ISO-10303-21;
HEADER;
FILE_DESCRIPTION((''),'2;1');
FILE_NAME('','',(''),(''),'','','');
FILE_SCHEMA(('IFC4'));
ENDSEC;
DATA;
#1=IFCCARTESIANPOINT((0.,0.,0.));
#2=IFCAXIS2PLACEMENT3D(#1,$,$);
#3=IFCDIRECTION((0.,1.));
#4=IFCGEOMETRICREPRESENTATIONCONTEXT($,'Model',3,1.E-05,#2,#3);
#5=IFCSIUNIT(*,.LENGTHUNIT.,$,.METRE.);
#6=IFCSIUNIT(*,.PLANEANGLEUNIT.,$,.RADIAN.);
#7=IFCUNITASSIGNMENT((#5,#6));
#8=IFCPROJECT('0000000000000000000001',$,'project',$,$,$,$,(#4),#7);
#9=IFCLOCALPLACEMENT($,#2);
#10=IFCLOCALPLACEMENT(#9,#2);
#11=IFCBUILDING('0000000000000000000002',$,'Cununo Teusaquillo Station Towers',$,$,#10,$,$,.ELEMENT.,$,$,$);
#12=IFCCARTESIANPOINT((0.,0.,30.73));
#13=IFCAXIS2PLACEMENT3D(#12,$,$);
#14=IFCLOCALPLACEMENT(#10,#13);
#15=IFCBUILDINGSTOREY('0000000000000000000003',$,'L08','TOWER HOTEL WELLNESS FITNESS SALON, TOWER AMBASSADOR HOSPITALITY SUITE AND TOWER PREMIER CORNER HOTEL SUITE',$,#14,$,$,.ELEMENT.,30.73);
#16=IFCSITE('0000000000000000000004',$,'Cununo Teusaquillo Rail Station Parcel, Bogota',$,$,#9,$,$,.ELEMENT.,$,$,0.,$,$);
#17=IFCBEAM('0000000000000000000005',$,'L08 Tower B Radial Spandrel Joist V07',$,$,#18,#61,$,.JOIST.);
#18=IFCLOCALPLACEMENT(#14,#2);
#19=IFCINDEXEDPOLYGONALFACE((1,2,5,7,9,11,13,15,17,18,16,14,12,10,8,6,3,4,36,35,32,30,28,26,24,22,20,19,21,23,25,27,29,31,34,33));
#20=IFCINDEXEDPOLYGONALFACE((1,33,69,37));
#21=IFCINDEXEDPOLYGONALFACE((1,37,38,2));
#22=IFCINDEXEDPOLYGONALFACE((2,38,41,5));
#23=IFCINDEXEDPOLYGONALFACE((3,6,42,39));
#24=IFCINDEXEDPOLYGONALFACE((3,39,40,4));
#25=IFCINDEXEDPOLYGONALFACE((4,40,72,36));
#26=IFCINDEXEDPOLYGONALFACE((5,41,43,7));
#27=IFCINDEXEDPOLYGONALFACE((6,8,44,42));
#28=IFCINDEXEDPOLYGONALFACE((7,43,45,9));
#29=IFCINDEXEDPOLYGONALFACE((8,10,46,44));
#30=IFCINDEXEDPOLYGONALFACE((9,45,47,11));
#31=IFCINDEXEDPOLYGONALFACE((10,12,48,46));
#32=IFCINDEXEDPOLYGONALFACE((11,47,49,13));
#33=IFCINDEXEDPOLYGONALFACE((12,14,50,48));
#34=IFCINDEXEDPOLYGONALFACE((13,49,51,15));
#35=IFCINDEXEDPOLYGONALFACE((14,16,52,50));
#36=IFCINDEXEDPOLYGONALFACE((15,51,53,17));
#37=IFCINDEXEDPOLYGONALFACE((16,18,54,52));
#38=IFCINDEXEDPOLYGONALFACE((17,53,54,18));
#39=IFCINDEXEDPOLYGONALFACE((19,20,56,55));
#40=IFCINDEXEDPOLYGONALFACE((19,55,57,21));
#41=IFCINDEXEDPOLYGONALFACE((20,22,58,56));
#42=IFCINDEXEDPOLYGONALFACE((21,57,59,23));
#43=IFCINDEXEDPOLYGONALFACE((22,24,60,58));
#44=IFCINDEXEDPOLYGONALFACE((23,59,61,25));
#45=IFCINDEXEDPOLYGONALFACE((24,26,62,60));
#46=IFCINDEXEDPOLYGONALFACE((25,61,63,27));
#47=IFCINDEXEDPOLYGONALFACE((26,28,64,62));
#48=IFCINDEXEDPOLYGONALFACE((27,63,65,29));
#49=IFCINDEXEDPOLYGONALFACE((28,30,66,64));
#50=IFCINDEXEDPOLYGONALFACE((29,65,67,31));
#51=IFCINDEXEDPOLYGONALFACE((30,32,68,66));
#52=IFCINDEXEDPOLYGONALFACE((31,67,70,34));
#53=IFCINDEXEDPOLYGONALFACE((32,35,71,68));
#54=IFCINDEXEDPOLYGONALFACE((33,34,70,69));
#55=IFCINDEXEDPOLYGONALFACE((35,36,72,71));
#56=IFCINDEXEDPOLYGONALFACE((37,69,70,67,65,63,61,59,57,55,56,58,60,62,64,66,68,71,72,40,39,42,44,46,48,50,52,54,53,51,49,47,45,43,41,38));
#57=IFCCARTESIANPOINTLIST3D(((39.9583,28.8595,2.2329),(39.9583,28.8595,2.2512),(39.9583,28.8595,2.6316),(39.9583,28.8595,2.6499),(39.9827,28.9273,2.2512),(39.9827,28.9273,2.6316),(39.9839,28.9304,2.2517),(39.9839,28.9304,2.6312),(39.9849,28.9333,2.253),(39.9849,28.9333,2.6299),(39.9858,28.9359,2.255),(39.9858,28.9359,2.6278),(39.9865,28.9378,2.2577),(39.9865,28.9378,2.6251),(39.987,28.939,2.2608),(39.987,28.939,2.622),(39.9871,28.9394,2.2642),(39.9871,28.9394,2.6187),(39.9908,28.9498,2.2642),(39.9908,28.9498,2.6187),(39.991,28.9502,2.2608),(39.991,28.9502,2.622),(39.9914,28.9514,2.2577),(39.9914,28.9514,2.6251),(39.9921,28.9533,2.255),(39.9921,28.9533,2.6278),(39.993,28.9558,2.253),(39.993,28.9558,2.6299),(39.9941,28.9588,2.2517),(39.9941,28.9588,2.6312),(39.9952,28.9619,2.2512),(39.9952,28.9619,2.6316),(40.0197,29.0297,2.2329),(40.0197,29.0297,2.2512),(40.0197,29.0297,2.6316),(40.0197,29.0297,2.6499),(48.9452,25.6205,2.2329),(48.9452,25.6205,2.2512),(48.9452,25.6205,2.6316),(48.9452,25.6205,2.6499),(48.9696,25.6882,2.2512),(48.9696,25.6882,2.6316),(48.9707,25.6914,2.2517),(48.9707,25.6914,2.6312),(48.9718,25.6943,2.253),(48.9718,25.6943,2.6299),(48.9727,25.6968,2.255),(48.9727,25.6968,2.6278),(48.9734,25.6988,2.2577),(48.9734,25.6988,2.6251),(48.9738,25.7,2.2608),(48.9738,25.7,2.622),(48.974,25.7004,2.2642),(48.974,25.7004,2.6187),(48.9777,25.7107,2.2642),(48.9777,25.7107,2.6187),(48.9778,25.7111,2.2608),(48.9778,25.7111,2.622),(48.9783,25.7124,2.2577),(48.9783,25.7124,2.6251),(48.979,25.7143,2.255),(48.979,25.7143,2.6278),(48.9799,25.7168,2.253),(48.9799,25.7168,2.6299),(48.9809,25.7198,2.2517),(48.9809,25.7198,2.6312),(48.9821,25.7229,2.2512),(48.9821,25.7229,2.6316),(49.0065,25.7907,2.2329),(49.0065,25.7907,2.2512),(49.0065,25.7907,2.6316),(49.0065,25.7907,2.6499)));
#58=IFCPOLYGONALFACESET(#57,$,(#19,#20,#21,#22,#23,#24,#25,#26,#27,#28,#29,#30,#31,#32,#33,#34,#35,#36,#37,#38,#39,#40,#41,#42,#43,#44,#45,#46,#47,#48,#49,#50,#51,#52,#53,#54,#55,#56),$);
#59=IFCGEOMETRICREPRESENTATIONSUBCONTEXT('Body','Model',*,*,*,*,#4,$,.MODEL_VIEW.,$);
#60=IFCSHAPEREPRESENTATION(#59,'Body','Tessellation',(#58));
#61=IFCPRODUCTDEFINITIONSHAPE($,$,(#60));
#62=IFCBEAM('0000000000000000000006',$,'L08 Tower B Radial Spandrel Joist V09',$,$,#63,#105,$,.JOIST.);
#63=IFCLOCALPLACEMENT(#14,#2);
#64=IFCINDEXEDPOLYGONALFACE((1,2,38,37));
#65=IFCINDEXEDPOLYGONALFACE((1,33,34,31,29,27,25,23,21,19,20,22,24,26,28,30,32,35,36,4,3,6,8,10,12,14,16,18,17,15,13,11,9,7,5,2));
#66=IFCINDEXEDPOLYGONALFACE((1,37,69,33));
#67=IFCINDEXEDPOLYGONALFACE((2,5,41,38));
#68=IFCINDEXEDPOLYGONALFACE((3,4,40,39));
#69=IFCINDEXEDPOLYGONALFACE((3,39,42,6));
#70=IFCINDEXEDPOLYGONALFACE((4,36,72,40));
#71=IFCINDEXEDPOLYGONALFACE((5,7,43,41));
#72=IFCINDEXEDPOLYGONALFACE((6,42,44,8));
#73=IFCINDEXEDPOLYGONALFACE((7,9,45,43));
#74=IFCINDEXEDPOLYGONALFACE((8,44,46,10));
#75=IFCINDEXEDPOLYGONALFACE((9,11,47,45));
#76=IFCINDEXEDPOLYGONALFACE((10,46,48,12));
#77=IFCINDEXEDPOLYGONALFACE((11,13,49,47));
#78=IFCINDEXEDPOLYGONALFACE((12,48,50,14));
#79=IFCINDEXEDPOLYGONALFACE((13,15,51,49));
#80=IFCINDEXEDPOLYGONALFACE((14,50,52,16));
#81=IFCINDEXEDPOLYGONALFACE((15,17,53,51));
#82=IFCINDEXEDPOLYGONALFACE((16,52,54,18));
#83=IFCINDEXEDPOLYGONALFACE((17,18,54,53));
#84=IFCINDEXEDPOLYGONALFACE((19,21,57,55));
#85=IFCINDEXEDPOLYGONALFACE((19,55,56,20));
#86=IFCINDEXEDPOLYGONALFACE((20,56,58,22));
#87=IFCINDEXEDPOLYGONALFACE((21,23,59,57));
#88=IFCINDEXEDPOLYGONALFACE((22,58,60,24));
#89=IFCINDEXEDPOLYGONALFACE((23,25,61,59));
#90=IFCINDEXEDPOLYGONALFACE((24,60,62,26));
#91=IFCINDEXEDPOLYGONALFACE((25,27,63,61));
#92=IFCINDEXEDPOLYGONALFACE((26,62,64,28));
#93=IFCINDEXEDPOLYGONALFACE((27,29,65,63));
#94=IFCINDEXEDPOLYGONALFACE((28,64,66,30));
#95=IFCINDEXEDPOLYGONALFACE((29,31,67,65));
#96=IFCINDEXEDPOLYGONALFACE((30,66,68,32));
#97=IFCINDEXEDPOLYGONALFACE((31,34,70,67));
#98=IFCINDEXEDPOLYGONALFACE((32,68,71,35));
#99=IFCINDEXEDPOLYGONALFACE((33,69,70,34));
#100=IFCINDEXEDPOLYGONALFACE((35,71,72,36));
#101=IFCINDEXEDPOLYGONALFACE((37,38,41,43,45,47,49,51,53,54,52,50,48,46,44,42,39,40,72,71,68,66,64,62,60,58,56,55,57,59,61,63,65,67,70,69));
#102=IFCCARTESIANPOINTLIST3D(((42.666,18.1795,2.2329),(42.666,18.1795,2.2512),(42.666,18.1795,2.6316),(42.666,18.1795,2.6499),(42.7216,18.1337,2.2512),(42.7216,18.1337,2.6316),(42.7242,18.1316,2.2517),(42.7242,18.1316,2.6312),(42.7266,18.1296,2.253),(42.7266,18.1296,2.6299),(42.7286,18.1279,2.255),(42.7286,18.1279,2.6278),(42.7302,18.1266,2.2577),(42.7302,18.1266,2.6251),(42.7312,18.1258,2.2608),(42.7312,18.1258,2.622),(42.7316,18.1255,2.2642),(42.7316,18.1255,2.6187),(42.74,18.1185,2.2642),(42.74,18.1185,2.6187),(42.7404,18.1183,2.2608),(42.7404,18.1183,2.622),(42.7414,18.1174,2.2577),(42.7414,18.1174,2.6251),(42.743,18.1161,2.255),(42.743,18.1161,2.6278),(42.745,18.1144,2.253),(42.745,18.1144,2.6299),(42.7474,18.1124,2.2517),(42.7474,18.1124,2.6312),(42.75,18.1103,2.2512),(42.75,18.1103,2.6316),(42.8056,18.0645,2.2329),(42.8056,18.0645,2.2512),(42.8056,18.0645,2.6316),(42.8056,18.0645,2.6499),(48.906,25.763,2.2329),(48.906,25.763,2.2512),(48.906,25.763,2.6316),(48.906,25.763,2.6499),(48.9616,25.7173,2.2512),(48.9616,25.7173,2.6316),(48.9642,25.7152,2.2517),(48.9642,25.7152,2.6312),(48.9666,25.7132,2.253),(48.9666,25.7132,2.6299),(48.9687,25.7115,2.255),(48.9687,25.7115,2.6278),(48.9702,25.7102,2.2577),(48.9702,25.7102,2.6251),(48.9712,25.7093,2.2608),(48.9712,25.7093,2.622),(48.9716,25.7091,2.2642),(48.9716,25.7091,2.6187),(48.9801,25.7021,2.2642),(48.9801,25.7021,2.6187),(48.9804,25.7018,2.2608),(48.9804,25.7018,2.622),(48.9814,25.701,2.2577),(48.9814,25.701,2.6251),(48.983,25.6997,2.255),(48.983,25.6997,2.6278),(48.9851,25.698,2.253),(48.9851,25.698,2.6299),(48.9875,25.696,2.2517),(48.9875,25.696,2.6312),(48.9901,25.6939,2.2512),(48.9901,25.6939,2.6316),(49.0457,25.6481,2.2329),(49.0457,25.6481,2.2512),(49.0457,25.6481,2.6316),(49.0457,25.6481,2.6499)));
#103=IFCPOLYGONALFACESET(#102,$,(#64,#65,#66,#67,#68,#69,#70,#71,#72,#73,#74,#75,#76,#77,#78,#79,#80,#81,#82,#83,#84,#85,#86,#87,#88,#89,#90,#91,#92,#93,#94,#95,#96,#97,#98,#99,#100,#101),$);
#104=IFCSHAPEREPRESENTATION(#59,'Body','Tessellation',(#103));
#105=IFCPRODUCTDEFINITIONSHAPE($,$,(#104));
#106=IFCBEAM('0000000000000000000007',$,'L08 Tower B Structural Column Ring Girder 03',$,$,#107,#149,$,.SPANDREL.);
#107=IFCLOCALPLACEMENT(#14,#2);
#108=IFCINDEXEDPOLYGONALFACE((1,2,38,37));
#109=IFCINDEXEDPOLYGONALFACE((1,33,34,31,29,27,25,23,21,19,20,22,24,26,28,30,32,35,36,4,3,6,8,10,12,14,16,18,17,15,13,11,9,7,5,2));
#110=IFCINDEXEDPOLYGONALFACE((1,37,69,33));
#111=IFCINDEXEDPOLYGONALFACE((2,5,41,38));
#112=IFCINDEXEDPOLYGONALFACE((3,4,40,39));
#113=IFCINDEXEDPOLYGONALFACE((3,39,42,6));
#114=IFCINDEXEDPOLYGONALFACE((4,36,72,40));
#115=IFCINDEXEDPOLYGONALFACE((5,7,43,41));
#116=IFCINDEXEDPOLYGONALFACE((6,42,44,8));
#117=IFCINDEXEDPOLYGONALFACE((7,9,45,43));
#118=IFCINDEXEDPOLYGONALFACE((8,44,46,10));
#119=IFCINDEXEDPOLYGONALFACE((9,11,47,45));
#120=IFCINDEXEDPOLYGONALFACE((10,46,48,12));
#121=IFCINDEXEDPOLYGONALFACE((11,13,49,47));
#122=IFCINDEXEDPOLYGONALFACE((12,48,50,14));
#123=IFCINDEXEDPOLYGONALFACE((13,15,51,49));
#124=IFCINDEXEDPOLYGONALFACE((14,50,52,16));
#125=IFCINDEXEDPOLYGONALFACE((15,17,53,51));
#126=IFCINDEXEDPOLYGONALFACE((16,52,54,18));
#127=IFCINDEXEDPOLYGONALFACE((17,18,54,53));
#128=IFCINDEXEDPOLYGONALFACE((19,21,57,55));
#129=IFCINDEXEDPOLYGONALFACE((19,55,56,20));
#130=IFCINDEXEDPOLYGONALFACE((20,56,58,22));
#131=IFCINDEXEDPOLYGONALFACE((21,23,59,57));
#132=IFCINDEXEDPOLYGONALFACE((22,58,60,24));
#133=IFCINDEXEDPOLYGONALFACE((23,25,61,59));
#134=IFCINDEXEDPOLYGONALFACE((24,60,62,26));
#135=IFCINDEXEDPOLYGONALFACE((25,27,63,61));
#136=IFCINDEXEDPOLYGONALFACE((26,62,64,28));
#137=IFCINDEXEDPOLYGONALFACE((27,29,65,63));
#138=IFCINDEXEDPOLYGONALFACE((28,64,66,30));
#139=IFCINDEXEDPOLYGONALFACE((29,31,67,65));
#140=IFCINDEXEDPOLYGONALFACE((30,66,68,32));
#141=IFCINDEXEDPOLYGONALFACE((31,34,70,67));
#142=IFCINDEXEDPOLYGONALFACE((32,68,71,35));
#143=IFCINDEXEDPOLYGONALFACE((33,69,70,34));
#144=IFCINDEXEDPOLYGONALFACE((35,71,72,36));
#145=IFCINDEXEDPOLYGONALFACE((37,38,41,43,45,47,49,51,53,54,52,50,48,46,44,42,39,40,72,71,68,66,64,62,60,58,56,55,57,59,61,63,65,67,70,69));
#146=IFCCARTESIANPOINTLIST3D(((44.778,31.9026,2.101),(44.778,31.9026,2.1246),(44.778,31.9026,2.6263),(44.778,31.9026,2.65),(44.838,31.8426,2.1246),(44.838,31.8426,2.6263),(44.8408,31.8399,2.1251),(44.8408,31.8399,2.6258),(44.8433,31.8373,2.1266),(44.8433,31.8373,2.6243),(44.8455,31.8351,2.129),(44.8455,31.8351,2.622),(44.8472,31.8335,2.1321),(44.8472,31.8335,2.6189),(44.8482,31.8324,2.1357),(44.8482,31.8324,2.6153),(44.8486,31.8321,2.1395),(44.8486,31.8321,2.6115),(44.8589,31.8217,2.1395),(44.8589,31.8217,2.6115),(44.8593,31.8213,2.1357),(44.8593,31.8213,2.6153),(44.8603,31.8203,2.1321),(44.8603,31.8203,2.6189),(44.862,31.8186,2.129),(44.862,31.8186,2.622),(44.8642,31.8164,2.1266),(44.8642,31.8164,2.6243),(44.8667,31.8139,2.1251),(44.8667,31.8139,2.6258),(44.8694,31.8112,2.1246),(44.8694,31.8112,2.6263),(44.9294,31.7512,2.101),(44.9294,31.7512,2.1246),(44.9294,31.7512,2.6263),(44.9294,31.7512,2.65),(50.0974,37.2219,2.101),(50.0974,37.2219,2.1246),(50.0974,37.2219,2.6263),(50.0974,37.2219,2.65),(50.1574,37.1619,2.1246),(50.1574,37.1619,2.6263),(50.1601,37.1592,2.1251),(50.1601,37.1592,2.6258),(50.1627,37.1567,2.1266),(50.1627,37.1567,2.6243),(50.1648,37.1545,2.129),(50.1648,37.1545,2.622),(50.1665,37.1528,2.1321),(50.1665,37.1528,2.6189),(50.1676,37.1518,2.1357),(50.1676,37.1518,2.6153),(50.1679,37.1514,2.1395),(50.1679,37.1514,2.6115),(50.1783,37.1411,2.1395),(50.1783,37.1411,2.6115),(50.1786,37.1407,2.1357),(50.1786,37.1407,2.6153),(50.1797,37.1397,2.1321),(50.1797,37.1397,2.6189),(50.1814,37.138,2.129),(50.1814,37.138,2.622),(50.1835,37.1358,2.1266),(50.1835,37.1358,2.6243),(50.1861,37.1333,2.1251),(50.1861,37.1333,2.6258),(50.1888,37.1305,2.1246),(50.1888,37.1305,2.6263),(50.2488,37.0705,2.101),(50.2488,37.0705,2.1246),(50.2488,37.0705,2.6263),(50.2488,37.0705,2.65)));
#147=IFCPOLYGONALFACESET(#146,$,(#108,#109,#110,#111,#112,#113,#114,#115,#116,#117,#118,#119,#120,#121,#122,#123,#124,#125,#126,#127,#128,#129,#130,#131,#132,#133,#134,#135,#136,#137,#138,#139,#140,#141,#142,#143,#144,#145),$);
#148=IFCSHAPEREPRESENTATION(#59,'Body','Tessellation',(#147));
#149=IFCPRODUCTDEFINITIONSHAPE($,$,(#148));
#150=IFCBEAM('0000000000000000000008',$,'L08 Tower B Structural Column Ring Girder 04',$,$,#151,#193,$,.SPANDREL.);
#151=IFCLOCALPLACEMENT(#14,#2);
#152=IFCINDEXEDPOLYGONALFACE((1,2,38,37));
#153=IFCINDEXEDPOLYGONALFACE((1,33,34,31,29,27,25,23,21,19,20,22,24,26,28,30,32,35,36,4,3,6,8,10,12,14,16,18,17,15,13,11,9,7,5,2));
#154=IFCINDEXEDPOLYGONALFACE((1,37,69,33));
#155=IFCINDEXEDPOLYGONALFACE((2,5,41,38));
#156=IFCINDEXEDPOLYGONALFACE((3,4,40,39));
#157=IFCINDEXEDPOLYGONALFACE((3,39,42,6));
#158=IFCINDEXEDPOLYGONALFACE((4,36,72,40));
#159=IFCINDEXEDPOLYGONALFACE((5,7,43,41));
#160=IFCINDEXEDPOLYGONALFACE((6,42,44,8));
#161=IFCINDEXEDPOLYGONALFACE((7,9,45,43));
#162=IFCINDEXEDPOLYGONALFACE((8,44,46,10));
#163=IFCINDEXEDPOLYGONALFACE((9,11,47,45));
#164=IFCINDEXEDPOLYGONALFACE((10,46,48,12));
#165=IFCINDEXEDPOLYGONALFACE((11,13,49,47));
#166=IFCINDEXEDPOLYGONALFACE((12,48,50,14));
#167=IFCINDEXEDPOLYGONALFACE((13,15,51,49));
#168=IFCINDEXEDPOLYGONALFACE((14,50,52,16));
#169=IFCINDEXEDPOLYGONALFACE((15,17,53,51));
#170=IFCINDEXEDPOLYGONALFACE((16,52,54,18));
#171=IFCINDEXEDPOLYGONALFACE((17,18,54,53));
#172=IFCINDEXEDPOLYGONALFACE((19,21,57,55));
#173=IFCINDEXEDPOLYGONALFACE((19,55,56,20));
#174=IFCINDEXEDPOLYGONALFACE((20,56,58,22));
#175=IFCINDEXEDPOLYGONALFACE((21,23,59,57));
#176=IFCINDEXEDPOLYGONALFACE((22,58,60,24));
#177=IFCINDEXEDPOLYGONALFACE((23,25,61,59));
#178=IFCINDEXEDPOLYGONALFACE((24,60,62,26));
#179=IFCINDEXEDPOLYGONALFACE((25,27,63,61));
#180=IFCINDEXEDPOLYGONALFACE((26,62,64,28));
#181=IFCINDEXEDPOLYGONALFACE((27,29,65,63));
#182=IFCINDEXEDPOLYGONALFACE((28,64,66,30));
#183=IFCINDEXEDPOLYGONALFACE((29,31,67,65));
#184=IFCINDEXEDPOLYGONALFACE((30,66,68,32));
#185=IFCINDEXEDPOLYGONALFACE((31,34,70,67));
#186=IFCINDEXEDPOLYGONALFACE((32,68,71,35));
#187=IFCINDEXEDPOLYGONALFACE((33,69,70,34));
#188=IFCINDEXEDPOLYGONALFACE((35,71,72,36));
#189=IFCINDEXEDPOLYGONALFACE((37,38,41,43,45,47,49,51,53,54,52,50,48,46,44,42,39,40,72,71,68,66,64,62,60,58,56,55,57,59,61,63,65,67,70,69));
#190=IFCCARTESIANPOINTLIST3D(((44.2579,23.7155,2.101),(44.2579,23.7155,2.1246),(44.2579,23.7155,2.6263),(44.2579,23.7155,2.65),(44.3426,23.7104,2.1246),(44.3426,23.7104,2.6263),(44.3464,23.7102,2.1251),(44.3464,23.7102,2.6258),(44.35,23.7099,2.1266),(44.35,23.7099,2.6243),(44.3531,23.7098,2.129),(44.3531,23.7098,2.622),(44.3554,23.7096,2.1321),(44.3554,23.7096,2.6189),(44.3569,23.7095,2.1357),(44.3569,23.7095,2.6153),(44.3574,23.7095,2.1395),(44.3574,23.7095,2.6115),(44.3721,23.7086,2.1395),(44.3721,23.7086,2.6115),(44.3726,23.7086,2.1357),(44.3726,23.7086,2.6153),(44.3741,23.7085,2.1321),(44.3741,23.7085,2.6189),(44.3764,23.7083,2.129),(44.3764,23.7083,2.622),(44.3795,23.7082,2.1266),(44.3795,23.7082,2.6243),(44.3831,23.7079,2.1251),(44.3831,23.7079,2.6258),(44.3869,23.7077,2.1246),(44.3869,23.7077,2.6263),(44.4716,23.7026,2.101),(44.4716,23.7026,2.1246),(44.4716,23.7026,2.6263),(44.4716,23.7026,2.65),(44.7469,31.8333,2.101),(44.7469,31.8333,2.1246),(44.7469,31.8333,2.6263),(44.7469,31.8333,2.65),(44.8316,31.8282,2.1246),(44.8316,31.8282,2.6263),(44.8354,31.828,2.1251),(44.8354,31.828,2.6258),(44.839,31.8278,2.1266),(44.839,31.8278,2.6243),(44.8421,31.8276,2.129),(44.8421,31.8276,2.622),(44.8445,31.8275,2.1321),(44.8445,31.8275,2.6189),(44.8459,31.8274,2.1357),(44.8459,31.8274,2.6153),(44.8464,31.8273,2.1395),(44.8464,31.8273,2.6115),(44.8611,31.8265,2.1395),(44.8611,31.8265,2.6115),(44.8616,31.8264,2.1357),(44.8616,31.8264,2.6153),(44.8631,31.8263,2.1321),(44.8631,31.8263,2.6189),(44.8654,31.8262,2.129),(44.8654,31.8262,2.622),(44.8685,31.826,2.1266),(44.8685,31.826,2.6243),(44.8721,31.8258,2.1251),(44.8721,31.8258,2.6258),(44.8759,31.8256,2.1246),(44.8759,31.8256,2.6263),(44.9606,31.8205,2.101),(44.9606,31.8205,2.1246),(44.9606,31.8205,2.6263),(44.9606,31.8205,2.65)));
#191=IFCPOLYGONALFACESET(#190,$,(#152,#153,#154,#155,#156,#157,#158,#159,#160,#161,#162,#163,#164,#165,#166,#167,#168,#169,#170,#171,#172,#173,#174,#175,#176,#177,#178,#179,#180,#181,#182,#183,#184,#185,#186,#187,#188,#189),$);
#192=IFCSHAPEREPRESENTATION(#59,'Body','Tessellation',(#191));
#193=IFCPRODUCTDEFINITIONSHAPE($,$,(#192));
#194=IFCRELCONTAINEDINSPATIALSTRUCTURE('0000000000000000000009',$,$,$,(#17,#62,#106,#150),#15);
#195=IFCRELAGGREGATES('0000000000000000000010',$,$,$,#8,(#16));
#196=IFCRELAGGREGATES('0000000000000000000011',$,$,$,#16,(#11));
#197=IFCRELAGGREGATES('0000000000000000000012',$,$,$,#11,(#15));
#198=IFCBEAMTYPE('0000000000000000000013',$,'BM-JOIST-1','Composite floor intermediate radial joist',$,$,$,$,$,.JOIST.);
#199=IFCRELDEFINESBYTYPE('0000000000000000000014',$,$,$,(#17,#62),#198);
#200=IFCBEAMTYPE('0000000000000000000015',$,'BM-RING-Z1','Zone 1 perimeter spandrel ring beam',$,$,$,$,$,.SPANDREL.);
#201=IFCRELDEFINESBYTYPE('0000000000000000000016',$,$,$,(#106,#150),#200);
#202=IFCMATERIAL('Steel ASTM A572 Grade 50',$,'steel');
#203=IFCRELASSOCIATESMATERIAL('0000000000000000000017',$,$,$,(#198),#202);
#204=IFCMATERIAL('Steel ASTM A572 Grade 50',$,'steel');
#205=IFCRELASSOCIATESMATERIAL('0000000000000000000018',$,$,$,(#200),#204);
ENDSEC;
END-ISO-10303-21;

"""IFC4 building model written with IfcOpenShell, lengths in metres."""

from ifc_helpers import new_model, si_unit, direction, frame, origin, origin_2d, place, context, subcontext, project, spatial, i_section, extrude, material, material_profile, profile_set, type_object, element, save


model = new_model("IFC4")

# Units and contexts
model_context = context("Model", 3, precision=1e-05, world=origin(), true_north=direction((0.0, 1.0)))
body_context = subcontext(model_context, "Body", "Model", "MODEL_VIEW")
ifc_project = project(units=[si_unit("LENGTHUNIT", "METRE"), si_unit("PLANEANGLEUNIT", "RADIAN")], contexts=[model_context])

# Site, building, storey
site_placement = place(None, origin())
site = spatial("IfcSite", under=ifc_project, at=site_placement, Name="Cununo Teusaquillo Rail Station Parcel, Bogota", CompositionType="ELEMENT", RefElevation=0.0)
building_placement = place(site_placement, origin())
building = spatial("IfcBuilding", under=site, at=building_placement, Name="Cununo Teusaquillo Station Towers", CompositionType="ELEMENT")
storey_placement = place(building_placement, frame((0.0, 0.0, 30.73)))
storey = spatial("IfcBuildingStorey", under=building, at=storey_placement, Name="L08", Description="TOWER HOTEL WELLNESS FITNESS SALON, TOWER AMBASSADOR HOSPITALITY SUITE AND TOWER PREMIER CORNER HOTEL SUITE", CompositionType="ELEMENT", Elevation=30.73)

# Beams
ifc_material_1 = material(Name="Steel ASTM A572 Grade 50", Category="steel")
ifc_material_profile_1 = material_profile(ifc_material_1, i_section(OverallWidth=0.1809, OverallDepth=0.417, WebThickness=0.011, FlangeThickness=0.0183, FilletRadius=0.0129, at=origin_2d()), Name="W16X57")
ifc_profile_set_1 = profile_set([ifc_material_profile_1], Name="Steel ASTM A572 Grade 50")
beam_type_1 = type_object("IfcBeamType", Name="BM-JOIST-1", Description="Composite floor intermediate radial joist", PredefinedType="JOIST", material=ifc_profile_set_1)
beam_1_placement = place(storey_placement, frame((48.9758, 25.7056, 2.4414), z_axis=(-0.940762, 0.339068, 0.0), x_axis=(-0.339068, -0.940762, 0.0)))
element("IfcBeam", 1, at=beam_1_placement, inside=storey, type_object=beam_type_1, Name="L08 Tower B Radial Spandrel Joist V07", PredefinedType="JOIST", context=body_context, shape_type="SweptSolid", body=[
    extrude(i_section(OverallWidth=0.1809, OverallDepth=0.417, WebThickness=0.011, FlangeThickness=0.0183, FilletRadius=0.0129, at=origin_2d()), origin(), (0.0, 0.0, 1.0), 9.5527),
])
beam_2_placement = place(storey_placement, frame((48.9758, 25.7056, 2.4414), z_axis=(-0.635389, -0.772192, 0.0), x_axis=(0.772192, -0.635389, 0.0)))
element("IfcBeam", 2, at=beam_2_placement, inside=storey, type_object=beam_type_1, Name="L08 Tower B Radial Spandrel Joist V09", PredefinedType="JOIST", context=body_context, shape_type="SweptSolid", body=[
    extrude(i_section(OverallWidth=0.1809, OverallDepth=0.417, WebThickness=0.011, FlangeThickness=0.0183, FilletRadius=0.0129, at=origin_2d()), origin(), (0.0, 0.0, 1.0), 9.8208),
])
ifc_material_2 = material(Name="Steel ASTM A572 Grade 50", Category="steel")
ifc_material_profile_2 = material_profile(ifc_material_2, i_section(OverallWidth=0.2141, OverallDepth=0.5491, WebThickness=0.0146, FlangeThickness=0.0237, FilletRadius=0.0149, at=origin_2d()), Name="W21X93")
ifc_profile_set_2 = profile_set([ifc_material_profile_2], Name="Steel ASTM A572 Grade 50")
beam_type_2 = type_object("IfcBeamType", Name="BM-RING-Z1", Description="Zone 1 perimeter spandrel ring beam", PredefinedType="SPANDREL", material=ifc_profile_set_2)
beam_3_placement = place(storey_placement, frame((50.1731, 37.1462, 2.3755), z_axis=(-0.707107, -0.707107, 0.0), x_axis=(0.707107, -0.707107, 0.0)))
element("IfcBeam", 3, at=beam_3_placement, inside=storey, type_object=beam_type_2, Name="L08 Tower B Structural Column Ring Girder 03", PredefinedType="SPANDREL", context=body_context, shape_type="SweptSolid", body=[
    extrude(i_section(OverallWidth=0.2141, OverallDepth=0.5491, WebThickness=0.0146, FlangeThickness=0.0237, FilletRadius=0.0149, at=origin_2d()), origin(), (0.0, 0.0, 1.0), 7.5227),
])
beam_4_placement = place(storey_placement, frame((44.8538, 31.8269, 2.3755), z_axis=(-0.06013, -0.998191, 0.0), x_axis=(0.998191, -0.06013, 0.0)))
element("IfcBeam", 4, at=beam_4_placement, inside=storey, type_object=beam_type_2, Name="L08 Tower B Structural Column Ring Girder 04", PredefinedType="SPANDREL", context=body_context, shape_type="SweptSolid", body=[
    extrude(i_section(OverallWidth=0.2141, OverallDepth=0.5491, WebThickness=0.0146, FlangeThickness=0.0237, FilletRadius=0.0149, at=origin_2d()), origin(), (0.0, 0.0, 1.0), 8.1326),
])

save(model, "model.ifc")
